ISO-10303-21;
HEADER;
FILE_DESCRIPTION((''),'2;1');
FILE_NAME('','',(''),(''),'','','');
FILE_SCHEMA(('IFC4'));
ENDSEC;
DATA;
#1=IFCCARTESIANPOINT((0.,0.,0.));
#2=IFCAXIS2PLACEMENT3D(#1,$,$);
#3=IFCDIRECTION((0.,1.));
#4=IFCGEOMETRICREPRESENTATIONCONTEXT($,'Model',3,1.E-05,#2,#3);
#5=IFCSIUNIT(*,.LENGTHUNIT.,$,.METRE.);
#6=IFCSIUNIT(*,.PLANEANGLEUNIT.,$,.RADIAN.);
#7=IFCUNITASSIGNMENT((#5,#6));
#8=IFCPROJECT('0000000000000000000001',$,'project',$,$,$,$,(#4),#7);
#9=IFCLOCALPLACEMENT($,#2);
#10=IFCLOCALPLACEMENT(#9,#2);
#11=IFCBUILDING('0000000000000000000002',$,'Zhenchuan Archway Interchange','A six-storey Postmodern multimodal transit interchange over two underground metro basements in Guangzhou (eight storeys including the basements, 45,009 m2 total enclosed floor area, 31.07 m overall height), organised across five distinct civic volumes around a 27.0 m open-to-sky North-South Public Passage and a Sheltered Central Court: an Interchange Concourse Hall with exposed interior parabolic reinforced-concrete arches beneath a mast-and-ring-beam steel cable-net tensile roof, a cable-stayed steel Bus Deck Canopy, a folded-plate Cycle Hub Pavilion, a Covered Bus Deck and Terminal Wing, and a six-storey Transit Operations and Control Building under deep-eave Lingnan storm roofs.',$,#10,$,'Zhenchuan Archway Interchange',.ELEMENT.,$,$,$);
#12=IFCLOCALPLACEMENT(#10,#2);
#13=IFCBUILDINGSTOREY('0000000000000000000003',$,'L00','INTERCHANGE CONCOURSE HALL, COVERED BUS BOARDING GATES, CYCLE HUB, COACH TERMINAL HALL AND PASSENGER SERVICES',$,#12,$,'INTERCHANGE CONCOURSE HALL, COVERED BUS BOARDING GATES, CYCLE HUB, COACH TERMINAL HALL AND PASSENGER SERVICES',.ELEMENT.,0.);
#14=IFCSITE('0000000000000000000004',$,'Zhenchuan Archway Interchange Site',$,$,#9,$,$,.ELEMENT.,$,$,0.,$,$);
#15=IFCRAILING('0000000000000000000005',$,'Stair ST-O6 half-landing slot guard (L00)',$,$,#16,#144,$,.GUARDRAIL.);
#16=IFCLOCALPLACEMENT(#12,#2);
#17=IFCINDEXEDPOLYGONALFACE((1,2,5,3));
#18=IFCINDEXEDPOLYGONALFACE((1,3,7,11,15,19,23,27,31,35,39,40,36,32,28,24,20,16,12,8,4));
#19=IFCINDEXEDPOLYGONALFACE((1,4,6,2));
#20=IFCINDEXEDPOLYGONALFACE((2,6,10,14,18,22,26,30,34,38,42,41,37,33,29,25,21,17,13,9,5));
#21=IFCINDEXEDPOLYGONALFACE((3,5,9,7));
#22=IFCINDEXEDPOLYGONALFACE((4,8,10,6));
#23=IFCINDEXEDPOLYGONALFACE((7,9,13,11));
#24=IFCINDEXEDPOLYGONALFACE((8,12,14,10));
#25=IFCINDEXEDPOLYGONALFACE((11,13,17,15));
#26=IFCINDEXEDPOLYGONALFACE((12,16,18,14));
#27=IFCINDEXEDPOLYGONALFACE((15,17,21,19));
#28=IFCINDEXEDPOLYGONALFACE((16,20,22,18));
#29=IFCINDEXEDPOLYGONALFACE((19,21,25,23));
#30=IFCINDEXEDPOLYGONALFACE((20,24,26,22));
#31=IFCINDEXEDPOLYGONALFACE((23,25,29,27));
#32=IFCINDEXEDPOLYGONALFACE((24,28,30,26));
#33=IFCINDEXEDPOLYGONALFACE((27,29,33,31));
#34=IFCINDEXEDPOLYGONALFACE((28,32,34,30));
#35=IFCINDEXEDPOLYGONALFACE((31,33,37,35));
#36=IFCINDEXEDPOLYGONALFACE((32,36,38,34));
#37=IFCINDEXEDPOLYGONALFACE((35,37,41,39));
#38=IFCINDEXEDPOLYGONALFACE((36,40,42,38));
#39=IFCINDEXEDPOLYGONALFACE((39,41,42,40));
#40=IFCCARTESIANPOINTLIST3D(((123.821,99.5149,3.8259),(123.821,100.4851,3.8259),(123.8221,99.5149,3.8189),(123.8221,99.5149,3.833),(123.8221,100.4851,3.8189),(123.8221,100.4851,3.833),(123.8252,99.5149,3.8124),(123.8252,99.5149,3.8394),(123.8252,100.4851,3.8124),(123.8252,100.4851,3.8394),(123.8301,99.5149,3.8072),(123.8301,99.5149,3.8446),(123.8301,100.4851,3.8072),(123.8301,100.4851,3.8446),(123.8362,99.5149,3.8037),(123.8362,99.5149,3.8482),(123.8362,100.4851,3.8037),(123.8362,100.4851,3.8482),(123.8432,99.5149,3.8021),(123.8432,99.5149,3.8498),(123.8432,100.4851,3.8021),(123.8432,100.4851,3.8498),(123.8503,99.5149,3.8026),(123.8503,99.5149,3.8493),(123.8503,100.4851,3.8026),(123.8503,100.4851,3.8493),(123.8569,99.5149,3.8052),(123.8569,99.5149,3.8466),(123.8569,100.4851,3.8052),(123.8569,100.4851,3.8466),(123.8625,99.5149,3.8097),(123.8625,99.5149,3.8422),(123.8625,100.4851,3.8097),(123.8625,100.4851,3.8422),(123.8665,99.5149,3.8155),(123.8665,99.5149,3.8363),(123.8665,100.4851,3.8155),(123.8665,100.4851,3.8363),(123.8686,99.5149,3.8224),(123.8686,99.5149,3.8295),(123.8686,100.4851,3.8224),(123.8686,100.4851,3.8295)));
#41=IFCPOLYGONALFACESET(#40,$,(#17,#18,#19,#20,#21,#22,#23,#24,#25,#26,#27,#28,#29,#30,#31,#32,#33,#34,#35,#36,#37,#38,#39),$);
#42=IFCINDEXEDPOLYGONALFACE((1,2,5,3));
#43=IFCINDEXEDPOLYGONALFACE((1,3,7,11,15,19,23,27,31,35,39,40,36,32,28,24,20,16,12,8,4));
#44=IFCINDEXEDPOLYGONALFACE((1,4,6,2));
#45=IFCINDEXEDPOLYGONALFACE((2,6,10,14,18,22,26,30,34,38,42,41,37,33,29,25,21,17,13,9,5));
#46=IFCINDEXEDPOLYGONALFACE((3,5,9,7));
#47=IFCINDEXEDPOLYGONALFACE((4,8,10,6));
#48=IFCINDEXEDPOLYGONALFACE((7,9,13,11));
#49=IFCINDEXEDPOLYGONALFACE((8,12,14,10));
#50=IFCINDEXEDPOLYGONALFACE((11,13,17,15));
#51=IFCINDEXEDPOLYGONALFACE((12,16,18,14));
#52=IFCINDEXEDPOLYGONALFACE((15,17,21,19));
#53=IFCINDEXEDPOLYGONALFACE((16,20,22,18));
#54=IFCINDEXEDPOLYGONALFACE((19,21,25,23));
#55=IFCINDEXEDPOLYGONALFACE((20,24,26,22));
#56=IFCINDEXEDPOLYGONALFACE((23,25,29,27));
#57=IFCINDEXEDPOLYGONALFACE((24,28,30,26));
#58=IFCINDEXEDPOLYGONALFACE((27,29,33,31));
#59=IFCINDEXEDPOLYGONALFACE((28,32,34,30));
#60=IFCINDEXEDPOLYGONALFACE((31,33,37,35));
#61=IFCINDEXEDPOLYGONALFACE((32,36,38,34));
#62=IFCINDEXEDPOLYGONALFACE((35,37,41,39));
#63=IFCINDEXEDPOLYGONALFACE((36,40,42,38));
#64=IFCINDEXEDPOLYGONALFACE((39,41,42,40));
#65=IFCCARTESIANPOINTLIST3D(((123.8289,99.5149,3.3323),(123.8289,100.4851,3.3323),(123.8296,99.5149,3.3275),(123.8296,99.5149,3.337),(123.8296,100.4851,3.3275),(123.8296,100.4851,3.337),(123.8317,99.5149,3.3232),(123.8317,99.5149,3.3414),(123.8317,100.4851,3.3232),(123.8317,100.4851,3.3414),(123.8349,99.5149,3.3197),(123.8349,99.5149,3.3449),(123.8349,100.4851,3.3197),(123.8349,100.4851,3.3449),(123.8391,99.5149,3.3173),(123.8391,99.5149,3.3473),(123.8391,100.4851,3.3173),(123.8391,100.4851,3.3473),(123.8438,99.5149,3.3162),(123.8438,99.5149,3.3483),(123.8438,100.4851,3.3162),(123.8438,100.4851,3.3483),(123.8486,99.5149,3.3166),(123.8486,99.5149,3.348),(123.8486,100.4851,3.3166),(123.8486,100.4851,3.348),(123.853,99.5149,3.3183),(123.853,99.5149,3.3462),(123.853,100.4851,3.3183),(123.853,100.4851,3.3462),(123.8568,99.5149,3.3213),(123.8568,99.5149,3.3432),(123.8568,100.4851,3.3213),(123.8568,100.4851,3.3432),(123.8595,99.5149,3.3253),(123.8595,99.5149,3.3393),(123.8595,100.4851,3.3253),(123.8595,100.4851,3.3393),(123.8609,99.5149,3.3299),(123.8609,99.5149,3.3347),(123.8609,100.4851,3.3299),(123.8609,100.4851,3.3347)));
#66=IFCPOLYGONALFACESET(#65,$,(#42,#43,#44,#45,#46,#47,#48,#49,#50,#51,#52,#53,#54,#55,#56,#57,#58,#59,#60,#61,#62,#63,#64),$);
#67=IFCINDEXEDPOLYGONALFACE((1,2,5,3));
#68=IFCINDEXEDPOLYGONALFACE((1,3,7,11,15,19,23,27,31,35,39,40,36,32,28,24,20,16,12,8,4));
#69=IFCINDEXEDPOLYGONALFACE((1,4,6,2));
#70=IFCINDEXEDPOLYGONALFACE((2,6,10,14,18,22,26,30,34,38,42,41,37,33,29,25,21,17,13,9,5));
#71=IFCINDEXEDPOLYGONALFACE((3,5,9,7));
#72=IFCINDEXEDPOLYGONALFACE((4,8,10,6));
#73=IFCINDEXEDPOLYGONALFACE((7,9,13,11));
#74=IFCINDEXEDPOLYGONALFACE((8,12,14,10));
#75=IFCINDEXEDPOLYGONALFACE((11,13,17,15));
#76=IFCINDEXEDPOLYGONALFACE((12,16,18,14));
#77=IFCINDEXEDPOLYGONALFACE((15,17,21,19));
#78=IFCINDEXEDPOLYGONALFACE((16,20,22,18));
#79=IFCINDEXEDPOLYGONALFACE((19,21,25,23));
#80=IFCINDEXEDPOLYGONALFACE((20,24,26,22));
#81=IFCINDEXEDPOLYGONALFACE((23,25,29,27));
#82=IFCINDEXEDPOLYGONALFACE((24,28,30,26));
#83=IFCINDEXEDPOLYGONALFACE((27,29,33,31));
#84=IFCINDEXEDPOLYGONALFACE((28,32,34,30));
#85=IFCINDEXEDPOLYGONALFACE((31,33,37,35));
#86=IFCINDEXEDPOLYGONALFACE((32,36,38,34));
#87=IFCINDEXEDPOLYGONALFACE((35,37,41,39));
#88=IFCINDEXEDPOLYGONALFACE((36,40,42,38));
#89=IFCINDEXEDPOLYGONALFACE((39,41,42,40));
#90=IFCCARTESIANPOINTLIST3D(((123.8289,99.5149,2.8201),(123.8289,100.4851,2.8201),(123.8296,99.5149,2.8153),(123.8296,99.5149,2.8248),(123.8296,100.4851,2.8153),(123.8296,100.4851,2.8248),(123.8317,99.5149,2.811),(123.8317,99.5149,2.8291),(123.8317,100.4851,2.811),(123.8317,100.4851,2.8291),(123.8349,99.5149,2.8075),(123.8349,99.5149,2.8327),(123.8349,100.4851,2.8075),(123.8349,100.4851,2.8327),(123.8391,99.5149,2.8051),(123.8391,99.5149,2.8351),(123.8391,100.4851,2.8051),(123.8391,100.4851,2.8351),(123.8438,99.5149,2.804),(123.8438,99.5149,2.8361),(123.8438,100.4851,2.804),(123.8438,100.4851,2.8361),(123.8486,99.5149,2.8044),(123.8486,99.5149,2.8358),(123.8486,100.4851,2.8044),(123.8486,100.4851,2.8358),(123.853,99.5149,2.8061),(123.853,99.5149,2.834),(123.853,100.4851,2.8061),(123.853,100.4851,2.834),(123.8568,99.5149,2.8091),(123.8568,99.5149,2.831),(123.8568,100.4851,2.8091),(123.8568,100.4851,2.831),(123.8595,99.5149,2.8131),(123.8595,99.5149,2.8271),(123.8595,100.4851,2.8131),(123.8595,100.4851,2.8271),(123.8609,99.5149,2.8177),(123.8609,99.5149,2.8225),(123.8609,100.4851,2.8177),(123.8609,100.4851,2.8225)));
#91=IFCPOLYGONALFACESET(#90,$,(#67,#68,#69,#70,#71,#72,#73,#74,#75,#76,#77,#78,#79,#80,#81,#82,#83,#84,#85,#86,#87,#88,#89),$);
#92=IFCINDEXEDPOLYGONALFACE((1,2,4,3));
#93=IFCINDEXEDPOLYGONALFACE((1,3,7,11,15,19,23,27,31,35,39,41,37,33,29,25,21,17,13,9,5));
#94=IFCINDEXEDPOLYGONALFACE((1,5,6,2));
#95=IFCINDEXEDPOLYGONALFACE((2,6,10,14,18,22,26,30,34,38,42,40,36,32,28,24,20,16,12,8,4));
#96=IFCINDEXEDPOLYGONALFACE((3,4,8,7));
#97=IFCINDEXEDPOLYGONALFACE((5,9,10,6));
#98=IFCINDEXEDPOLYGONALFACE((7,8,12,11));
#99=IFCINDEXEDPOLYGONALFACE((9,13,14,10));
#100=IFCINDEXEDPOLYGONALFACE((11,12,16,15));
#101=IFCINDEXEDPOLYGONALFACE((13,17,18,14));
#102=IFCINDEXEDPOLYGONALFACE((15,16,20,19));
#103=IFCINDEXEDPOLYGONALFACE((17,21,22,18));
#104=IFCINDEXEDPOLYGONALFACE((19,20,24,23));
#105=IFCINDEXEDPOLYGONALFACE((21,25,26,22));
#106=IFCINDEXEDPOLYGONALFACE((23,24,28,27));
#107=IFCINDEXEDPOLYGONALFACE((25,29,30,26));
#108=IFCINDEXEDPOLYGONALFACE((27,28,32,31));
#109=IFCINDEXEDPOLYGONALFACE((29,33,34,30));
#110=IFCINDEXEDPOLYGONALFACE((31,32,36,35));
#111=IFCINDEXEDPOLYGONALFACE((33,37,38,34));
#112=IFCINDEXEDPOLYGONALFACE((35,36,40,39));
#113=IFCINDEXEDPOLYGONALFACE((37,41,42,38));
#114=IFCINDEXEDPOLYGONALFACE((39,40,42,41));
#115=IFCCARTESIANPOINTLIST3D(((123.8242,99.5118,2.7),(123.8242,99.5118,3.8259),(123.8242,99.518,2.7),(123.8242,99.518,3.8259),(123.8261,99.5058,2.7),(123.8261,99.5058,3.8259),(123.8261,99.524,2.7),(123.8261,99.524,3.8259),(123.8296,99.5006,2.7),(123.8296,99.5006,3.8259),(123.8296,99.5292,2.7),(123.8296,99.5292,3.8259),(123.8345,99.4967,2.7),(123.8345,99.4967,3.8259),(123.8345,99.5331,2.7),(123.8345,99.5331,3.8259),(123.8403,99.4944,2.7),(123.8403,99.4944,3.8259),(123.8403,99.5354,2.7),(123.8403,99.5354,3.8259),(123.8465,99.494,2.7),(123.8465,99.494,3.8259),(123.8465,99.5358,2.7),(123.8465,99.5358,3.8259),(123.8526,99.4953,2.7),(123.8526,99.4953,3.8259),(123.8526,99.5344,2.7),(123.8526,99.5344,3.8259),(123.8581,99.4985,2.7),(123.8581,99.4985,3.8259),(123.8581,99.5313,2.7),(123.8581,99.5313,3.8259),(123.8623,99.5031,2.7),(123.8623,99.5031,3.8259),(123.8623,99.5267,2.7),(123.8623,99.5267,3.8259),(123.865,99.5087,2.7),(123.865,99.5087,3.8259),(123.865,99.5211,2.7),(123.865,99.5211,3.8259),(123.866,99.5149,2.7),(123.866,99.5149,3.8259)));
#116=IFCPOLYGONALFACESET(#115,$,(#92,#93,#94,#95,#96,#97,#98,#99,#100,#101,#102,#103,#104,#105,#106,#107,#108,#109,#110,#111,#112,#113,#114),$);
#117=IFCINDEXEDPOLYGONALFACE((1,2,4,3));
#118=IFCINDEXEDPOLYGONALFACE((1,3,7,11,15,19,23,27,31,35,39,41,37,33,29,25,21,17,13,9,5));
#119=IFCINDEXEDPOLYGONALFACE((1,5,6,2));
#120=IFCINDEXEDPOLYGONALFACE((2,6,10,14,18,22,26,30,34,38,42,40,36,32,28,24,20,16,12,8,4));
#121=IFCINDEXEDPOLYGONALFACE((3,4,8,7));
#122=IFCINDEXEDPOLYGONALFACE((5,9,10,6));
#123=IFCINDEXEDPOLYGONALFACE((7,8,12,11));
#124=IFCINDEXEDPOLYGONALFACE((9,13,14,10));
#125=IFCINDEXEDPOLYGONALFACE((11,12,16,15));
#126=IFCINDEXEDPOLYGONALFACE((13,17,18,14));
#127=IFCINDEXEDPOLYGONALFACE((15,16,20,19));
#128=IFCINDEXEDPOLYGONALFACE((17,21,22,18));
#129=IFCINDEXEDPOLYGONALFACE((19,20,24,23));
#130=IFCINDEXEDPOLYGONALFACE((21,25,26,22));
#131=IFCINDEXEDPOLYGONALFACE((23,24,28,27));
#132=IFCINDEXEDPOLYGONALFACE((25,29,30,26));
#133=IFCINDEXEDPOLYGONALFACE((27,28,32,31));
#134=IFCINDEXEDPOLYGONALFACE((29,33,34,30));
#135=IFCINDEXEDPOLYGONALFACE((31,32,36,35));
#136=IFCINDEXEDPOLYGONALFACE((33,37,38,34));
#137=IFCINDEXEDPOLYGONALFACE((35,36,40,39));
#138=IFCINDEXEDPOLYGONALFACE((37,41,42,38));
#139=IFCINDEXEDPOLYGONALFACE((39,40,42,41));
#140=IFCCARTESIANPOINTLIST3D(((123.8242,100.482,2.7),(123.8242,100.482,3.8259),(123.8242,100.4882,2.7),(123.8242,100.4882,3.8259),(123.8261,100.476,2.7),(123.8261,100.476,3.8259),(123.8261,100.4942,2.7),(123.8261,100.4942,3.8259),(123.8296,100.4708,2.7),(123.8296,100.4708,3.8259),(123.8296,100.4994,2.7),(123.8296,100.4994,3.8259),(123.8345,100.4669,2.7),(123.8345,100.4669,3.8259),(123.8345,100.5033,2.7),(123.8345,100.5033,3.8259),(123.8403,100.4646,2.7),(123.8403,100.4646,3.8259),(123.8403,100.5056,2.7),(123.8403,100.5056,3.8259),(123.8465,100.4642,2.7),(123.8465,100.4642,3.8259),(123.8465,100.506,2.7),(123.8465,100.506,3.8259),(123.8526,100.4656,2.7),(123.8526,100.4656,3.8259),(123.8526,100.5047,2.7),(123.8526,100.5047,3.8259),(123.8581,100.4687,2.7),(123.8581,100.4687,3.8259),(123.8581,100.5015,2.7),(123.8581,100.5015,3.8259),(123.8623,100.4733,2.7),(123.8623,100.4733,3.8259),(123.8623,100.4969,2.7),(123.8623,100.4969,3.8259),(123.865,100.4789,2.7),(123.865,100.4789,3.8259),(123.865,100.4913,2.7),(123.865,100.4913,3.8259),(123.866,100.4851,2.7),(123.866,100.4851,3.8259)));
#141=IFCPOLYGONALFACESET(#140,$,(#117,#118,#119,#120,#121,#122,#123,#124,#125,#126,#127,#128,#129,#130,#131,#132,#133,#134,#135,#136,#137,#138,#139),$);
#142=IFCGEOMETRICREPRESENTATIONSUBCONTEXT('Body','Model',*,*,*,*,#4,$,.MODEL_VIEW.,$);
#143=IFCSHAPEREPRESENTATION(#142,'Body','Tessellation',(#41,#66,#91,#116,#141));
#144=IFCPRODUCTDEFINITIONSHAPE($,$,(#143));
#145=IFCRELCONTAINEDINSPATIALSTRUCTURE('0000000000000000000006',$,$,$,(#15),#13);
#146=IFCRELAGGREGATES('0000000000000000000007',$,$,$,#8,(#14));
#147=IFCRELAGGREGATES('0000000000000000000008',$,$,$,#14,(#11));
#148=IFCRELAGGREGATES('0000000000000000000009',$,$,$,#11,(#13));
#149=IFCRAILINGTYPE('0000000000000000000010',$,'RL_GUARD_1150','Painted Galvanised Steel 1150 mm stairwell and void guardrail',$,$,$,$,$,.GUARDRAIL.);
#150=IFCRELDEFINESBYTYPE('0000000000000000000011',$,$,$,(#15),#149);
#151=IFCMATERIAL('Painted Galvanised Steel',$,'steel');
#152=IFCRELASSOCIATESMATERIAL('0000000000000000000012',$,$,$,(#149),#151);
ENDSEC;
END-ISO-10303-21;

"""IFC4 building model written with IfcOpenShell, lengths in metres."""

from ifc_helpers import new_model, si_unit, direction, frame, origin, origin_2d, place, context, subcontext, project, spatial, circle, extrude, material, type_object, element, save


model = new_model("IFC4")

# Units and contexts
model_context = context("Model", 3, precision=1e-05, world=origin(), true_north=direction((0.0, 1.0)))
body_context = subcontext(model_context, "Body", "Model", "MODEL_VIEW")
ifc_project = project(units=[si_unit("LENGTHUNIT", "METRE"), si_unit("PLANEANGLEUNIT", "RADIAN")], contexts=[model_context])

# Site, building, storey
site_placement = place(None, origin())
site = spatial("IfcSite", under=ifc_project, at=site_placement, Name="Zhenchuan Archway Interchange Site", CompositionType="ELEMENT", RefElevation=0.0)
building_placement = place(site_placement, origin())
building = spatial("IfcBuilding", under=site, at=building_placement, Name="Zhenchuan Archway Interchange", Description="A six-storey Postmodern multimodal transit interchange over two underground metro basements in Guangzhou (eight storeys including the basements, 45,009 m2 total enclosed floor area, 31.07 m overall height), organised across five distinct civic volumes around a 27.0 m open-to-sky North-South Public Passage and a Sheltered Central Court: an Interchange Concourse Hall with exposed interior parabolic reinforced-concrete arches beneath a mast-and-ring-beam steel cable-net tensile roof, a cable-stayed steel Bus Deck Canopy, a folded-plate Cycle Hub Pavilion, a Covered Bus Deck and Terminal Wing, and a six-storey Transit Operations and Control Building under deep-eave Lingnan storm roofs.", LongName="Zhenchuan Archway Interchange", CompositionType="ELEMENT")
storey_placement = place(building_placement, origin())
storey = spatial("IfcBuildingStorey", under=building, at=storey_placement, Name="L00", Description="INTERCHANGE CONCOURSE HALL, COVERED BUS BOARDING GATES, CYCLE HUB, COACH TERMINAL HALL AND PASSENGER SERVICES", LongName="INTERCHANGE CONCOURSE HALL, COVERED BUS BOARDING GATES, CYCLE HUB, COACH TERMINAL HALL AND PASSENGER SERVICES", CompositionType="ELEMENT", Elevation=0.0)

# Railing
ifc_material_1 = material(Name="Painted Galvanised Steel", Category="steel")
railing_type_1 = type_object("IfcRailingType", Name="RL_GUARD_1150", Description="Painted Galvanised Steel 1150 mm stairwell and void guardrail", PredefinedType="GUARDRAIL", material=ifc_material_1)
railing_1_placement = place(storey_placement, frame((123.845, 99.5149, 2.7)))
element("IfcRailing", 1, at=railing_1_placement, inside=storey, type_object=railing_type_1, Name="Stair ST-O6 half-landing slot guard (L00)", PredefinedType="GUARDRAIL", context=body_context, shape_type="SweptSolid", body=[
    extrude(circle(Radius=0.0239, at=origin_2d()), frame((0.0, 0.0, 1.126), z_axis=(0.0, 1.0, 0.0), x_axis=(-1.0, 0.0, 0.0)), (0.0, 0.0, 1.0), 0.9702),
    extrude(circle(Radius=0.0161, at=origin_2d()), frame((0.0, 0.0, 0.6323), z_axis=(0.0, 1.0, 0.0), x_axis=(-1.0, 0.0, 0.0)), (0.0, 0.0, 1.0), 0.9702),
    extrude(circle(Radius=0.0161, at=origin_2d()), frame((0.0, 0.0, 0.1201), z_axis=(0.0, 1.0, 0.0), x_axis=(-1.0, 0.0, 0.0)), (0.0, 0.0, 1.0), 0.9702),
    extrude(circle(Radius=0.021, at=origin_2d()), origin(), (0.0, 0.0, 1.0), 1.126),
    extrude(circle(Radius=0.021, at=origin_2d()), frame((0.0, 0.9702, 0.0)), (0.0, 0.0, 1.0), 1.126),
])

save(model, "model.ifc")
